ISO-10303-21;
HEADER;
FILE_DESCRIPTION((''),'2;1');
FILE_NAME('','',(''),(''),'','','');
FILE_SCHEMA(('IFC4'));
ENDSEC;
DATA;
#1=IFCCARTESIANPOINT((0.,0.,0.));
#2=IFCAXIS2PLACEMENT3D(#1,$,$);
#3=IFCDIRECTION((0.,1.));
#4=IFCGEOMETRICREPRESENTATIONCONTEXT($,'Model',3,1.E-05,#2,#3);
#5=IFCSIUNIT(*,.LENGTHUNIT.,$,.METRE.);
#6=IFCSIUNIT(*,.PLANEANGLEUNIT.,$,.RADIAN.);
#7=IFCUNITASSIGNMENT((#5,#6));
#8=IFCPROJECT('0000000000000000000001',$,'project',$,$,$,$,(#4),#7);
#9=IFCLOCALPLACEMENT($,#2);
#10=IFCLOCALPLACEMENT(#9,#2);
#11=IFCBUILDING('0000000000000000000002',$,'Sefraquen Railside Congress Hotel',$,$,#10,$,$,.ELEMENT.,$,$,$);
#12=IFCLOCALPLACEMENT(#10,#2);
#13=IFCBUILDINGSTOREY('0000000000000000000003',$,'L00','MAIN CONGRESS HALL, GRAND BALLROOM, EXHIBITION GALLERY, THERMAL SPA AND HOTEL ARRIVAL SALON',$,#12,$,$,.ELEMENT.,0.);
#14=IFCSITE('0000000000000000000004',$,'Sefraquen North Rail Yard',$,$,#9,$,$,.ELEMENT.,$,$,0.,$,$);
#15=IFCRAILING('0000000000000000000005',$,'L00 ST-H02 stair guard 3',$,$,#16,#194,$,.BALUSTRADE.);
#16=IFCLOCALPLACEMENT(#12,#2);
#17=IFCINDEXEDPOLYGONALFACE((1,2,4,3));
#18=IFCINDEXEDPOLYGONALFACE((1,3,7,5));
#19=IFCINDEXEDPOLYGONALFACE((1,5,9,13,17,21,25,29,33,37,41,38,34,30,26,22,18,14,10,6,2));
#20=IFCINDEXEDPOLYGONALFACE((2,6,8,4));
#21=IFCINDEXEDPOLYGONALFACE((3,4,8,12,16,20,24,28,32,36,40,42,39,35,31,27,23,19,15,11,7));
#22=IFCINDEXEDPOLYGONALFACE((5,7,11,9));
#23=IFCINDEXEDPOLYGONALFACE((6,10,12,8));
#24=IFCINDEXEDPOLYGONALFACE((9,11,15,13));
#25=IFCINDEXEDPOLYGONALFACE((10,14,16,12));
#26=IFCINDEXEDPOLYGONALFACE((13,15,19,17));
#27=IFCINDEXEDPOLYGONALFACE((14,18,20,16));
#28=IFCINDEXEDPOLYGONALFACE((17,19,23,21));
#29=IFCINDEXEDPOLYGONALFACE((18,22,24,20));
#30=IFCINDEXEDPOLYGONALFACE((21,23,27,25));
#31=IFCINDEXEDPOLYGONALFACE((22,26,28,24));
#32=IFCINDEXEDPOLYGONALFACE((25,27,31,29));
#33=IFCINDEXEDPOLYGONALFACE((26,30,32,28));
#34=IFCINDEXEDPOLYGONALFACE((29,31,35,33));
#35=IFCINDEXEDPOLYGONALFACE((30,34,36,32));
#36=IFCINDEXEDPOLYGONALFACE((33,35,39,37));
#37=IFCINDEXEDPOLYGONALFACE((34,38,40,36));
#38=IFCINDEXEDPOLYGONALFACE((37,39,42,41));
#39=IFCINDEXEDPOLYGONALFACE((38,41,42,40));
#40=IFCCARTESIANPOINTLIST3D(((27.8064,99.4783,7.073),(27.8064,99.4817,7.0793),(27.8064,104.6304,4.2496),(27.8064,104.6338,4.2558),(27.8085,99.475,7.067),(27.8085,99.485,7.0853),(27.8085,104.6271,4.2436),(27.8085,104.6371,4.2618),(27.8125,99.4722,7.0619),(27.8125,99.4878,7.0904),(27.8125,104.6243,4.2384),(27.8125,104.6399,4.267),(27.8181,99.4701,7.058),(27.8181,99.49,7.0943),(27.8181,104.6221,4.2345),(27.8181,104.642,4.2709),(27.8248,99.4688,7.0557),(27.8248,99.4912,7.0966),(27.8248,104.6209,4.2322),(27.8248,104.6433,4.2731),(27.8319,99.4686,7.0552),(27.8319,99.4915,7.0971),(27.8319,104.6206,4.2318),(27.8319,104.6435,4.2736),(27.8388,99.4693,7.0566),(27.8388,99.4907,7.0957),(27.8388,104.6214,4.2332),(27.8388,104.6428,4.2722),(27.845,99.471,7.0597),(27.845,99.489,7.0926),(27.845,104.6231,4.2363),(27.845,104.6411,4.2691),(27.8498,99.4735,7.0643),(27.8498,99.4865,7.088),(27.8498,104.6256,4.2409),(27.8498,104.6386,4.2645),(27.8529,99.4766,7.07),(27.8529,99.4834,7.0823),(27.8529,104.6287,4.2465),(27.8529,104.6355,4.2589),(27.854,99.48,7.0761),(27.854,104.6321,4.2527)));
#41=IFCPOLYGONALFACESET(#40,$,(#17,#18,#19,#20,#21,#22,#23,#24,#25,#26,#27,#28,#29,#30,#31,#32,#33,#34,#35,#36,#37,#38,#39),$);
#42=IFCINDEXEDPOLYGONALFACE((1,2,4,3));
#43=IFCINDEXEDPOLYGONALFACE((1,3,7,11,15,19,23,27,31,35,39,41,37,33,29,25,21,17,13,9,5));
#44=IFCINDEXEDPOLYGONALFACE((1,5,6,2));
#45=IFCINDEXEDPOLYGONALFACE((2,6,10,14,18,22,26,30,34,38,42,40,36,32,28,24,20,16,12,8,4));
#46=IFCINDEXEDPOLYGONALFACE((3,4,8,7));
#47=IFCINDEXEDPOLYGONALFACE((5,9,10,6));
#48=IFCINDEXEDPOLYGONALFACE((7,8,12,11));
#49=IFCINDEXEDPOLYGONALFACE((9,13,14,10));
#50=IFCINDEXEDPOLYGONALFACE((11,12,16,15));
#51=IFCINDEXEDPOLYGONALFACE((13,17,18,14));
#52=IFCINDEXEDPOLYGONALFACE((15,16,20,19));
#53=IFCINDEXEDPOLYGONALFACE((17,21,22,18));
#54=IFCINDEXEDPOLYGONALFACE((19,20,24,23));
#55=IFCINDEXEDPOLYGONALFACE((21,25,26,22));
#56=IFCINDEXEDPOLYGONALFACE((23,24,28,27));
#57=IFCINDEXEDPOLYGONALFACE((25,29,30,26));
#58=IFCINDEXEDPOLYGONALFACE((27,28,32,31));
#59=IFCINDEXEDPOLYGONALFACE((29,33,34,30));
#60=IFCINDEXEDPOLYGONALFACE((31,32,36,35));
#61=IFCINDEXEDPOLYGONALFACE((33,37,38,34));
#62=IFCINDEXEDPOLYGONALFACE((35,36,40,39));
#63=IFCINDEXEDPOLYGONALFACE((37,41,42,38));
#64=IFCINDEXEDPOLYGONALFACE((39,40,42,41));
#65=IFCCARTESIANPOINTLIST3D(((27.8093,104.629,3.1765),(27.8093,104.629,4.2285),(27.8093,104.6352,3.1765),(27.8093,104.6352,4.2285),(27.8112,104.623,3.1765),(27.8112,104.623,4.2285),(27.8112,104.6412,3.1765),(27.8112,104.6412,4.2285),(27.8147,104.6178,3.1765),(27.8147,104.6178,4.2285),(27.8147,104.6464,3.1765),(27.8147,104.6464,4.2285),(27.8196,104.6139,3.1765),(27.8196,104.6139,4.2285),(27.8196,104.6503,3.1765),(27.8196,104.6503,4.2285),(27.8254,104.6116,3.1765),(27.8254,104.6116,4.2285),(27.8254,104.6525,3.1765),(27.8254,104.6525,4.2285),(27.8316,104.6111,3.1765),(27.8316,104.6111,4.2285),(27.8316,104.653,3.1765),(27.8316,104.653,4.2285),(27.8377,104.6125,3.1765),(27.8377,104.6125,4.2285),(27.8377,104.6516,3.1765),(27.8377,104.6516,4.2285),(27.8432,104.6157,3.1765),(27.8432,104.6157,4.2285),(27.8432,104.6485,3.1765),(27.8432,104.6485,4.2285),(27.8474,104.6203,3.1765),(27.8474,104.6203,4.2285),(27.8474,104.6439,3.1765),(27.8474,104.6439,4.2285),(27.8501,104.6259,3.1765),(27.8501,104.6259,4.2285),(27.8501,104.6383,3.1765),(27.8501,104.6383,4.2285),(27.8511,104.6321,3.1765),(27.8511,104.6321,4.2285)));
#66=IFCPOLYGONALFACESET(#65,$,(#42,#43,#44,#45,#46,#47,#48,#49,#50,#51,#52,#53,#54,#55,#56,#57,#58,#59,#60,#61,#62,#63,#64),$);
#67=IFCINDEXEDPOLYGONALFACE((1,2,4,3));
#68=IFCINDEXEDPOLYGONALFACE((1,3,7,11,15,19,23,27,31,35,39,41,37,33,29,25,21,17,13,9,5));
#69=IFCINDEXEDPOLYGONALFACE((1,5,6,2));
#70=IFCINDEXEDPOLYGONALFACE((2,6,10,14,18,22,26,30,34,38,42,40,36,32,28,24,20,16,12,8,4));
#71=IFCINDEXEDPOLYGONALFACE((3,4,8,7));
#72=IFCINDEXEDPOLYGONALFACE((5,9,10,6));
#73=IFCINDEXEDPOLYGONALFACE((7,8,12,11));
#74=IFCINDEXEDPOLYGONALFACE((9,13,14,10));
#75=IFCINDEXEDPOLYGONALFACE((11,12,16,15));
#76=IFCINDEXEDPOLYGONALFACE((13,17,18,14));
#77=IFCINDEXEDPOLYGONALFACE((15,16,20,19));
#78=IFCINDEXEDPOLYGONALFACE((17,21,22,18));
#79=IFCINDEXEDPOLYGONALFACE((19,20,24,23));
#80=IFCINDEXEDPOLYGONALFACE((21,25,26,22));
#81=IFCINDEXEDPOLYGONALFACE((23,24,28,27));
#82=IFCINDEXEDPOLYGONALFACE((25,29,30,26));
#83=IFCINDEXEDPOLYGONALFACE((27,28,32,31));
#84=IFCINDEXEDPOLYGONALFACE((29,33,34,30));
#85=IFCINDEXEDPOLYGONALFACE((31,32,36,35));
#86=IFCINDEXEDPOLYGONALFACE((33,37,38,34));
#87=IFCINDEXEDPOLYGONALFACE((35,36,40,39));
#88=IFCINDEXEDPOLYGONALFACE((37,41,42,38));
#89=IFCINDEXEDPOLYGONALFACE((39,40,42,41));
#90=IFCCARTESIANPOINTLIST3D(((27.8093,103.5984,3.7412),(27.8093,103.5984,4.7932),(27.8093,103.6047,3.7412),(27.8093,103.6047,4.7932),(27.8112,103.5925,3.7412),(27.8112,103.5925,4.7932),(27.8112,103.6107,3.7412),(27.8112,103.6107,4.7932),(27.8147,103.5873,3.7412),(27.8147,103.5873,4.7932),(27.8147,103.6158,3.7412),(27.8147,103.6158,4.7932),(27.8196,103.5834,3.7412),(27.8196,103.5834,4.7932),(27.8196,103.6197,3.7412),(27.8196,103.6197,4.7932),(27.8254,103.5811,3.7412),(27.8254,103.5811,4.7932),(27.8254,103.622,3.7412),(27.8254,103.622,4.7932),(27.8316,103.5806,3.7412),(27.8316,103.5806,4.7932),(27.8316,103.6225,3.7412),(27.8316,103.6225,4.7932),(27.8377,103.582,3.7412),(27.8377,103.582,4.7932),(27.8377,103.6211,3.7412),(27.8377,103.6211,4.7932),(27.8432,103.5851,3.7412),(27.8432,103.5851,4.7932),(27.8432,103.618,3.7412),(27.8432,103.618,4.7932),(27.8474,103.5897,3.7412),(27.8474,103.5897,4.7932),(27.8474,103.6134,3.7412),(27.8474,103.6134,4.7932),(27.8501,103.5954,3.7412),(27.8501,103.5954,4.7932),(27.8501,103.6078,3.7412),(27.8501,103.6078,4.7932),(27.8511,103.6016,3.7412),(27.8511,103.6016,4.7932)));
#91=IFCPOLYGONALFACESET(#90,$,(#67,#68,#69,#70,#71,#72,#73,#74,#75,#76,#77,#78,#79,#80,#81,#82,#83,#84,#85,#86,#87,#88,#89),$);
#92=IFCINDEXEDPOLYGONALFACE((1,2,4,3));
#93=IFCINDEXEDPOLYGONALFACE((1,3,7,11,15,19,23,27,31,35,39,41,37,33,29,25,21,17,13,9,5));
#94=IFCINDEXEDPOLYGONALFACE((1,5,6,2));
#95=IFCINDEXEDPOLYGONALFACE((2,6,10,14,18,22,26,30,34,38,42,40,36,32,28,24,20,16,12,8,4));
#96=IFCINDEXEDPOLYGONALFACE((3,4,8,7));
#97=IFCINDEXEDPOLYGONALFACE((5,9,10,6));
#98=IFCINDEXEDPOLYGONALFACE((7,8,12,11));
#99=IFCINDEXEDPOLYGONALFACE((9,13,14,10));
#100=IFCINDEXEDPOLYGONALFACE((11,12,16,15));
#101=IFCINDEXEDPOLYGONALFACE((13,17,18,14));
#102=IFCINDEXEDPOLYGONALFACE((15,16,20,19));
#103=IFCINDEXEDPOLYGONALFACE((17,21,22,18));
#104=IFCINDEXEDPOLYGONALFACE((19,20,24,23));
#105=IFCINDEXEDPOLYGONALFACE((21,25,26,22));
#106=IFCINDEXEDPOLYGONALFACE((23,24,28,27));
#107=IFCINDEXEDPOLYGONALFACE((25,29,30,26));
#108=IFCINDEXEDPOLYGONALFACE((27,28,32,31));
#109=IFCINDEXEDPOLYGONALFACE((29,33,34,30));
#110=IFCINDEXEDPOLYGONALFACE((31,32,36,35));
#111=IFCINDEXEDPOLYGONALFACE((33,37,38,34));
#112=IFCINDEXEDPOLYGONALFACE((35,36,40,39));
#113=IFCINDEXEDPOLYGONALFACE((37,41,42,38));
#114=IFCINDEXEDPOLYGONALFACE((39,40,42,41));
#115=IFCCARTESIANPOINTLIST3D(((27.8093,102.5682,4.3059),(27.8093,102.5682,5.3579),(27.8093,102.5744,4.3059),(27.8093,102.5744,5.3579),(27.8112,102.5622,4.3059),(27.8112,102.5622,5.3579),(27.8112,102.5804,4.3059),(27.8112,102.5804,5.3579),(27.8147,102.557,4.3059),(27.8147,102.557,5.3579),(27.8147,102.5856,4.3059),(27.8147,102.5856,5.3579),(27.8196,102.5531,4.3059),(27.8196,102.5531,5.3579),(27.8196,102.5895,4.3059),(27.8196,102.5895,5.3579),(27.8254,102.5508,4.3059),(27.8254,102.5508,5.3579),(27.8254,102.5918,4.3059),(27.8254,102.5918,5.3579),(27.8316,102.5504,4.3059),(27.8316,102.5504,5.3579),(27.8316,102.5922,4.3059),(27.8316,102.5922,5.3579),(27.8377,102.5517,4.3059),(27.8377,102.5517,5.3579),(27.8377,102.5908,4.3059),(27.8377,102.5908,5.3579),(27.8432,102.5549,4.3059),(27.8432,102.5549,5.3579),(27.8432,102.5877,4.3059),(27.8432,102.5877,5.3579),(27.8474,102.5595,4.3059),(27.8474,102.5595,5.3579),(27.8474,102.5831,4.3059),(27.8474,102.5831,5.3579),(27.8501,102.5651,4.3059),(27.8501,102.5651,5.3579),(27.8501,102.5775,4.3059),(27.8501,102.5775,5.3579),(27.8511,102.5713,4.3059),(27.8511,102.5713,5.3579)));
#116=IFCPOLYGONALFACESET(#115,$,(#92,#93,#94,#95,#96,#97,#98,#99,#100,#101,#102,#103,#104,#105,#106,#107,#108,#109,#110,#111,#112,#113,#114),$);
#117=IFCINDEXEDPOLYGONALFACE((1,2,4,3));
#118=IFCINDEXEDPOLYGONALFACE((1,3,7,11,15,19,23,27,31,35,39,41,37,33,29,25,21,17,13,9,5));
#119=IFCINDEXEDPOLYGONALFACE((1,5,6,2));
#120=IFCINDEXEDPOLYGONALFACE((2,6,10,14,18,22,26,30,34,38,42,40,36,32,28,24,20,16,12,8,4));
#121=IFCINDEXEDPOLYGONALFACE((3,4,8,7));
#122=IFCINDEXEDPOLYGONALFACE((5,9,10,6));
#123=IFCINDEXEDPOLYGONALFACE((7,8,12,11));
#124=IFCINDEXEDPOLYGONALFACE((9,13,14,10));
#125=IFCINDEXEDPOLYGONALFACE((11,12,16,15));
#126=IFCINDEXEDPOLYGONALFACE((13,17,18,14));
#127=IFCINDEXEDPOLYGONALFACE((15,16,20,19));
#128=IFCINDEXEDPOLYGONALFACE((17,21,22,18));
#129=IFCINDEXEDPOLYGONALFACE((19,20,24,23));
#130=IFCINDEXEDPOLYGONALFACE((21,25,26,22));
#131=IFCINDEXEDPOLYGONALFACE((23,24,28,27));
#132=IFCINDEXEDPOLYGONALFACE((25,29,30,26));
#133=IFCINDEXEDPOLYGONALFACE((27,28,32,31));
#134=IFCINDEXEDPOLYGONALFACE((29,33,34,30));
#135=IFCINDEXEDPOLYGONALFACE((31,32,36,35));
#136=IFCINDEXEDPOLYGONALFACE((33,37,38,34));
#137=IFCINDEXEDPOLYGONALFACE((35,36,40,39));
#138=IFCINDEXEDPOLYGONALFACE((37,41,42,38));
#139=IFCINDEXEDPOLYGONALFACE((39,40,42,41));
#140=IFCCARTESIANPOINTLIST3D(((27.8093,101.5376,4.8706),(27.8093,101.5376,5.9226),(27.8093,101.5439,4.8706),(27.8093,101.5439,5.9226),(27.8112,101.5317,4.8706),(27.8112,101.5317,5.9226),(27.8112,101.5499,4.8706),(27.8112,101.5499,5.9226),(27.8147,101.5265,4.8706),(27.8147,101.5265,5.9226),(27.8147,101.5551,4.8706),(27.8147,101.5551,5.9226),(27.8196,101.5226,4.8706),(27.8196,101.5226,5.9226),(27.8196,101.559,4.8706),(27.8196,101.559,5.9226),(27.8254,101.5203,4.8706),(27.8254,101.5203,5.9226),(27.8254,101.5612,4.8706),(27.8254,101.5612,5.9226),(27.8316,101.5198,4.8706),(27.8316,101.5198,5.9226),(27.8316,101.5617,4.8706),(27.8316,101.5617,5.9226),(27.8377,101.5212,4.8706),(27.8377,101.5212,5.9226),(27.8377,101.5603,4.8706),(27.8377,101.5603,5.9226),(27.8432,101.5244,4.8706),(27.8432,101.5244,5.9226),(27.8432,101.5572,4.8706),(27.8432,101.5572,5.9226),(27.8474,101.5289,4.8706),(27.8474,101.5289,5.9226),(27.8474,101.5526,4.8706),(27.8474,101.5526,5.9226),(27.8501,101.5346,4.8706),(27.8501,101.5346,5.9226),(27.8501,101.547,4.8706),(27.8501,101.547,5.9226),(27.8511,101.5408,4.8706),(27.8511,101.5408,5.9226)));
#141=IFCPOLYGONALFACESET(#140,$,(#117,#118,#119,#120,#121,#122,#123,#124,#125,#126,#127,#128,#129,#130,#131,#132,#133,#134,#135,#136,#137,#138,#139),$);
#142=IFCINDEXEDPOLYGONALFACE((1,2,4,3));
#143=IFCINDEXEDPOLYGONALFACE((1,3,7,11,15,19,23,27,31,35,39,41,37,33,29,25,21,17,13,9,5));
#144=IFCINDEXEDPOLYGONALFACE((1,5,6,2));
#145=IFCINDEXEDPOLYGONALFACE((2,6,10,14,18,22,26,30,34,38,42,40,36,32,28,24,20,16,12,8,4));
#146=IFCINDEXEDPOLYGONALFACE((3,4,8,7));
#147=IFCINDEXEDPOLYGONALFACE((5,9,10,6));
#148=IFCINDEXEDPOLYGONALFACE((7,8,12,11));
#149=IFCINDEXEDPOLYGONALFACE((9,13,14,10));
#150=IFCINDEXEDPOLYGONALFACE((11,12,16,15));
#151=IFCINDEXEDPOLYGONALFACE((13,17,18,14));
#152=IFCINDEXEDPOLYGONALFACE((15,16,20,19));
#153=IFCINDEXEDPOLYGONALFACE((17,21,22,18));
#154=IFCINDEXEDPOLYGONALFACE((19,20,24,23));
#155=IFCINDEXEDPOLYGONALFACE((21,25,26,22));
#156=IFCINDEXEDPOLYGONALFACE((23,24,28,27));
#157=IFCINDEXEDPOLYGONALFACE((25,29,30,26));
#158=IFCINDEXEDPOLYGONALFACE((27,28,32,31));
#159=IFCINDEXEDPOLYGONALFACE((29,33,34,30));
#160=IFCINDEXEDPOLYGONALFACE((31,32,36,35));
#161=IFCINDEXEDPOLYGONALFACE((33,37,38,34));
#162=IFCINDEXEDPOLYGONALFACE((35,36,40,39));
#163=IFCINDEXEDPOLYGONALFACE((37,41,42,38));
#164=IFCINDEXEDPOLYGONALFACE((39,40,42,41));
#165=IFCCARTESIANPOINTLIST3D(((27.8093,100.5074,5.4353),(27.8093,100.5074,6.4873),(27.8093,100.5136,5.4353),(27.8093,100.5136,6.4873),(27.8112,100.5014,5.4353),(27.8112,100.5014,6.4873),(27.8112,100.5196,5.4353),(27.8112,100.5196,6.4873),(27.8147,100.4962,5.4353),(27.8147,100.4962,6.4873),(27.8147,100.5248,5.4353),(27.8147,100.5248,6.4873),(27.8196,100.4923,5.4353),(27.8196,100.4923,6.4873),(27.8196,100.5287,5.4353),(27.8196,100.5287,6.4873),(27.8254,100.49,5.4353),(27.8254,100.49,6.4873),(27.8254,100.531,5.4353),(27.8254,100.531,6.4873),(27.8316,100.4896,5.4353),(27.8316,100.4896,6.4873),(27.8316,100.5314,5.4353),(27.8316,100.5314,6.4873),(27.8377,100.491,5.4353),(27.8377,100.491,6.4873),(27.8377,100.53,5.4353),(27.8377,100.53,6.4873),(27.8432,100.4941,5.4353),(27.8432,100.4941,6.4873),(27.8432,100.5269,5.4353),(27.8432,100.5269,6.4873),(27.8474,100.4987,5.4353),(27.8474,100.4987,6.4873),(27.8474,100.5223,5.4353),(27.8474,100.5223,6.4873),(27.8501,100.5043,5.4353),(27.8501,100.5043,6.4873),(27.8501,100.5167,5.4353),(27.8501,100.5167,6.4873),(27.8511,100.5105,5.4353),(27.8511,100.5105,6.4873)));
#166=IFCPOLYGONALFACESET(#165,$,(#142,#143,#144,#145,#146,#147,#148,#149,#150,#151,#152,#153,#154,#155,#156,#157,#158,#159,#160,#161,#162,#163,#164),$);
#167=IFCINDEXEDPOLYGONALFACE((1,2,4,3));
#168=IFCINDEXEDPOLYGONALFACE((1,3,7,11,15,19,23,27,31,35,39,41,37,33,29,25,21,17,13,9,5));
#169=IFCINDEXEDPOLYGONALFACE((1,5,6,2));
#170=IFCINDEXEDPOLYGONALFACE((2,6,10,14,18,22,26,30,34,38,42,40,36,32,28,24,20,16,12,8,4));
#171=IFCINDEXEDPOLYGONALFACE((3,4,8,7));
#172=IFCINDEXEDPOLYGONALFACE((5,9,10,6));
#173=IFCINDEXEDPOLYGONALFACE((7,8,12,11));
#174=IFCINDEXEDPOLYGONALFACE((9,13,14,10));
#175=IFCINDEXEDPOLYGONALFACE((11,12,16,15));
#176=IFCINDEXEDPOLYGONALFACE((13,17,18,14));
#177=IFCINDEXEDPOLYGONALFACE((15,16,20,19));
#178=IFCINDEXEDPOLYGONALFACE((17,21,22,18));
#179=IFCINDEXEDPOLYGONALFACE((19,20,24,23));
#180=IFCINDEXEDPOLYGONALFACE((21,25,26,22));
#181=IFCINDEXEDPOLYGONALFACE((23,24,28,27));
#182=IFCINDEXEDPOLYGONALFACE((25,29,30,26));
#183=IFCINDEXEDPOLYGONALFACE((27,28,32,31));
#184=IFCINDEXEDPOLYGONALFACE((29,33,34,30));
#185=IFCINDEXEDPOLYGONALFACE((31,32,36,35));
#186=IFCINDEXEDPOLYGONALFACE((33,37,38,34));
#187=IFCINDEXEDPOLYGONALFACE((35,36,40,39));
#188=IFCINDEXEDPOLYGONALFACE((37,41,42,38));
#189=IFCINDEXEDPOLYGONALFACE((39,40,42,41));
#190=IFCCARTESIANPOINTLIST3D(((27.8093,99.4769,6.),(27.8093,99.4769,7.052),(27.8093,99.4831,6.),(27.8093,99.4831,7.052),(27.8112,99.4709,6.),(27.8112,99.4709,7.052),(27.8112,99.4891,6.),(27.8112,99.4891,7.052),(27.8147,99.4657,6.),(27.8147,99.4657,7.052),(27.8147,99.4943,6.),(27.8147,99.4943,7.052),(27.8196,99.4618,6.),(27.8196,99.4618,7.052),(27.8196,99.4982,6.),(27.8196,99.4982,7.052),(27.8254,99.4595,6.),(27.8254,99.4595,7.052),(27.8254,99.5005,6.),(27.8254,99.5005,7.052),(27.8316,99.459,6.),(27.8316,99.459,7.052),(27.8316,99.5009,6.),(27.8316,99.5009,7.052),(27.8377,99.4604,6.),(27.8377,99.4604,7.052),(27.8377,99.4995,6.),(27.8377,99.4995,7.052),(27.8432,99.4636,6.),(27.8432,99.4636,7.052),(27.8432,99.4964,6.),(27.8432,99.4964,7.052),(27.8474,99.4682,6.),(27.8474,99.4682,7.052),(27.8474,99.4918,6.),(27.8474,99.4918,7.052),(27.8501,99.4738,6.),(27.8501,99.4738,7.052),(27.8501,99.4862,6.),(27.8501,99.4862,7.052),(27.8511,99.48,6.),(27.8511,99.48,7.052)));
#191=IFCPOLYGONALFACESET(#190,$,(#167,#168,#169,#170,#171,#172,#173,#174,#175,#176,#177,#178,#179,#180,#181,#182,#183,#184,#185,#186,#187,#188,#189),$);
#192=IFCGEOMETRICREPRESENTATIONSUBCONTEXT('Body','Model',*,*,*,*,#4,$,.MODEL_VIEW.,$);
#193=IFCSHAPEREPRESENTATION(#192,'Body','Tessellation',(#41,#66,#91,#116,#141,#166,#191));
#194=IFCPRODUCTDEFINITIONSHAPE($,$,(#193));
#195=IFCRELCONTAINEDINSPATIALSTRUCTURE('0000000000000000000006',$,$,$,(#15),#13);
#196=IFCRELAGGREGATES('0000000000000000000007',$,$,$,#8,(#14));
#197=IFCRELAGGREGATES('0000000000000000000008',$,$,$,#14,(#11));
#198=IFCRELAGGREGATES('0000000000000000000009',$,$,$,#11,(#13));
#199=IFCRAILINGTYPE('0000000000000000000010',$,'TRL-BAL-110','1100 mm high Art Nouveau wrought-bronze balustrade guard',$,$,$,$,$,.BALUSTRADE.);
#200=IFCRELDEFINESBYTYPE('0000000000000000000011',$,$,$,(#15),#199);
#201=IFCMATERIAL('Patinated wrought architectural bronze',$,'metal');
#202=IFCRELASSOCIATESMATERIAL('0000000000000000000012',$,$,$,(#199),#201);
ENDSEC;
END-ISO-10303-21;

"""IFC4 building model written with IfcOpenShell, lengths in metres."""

from ifc_helpers import new_model, si_unit, direction, frame, origin, origin_2d, place, context, subcontext, project, spatial, circle, extrude, material, type_object, element, save


model = new_model("IFC4")

# Units and contexts
model_context = context("Model", 3, precision=1e-05, world=origin(), true_north=direction((0.0, 1.0)))
body_context = subcontext(model_context, "Body", "Model", "MODEL_VIEW")
ifc_project = project(units=[si_unit("LENGTHUNIT", "METRE"), si_unit("PLANEANGLEUNIT", "RADIAN")], contexts=[model_context])

# Site, building, storey
site_placement = place(None, origin())
site = spatial("IfcSite", under=ifc_project, at=site_placement, Name="Sefraquen North Rail Yard", CompositionType="ELEMENT", RefElevation=0.0)
building_placement = place(site_placement, origin())
building = spatial("IfcBuilding", under=site, at=building_placement, Name="Sefraquen Railside Congress Hotel", CompositionType="ELEMENT")
storey_placement = place(building_placement, origin())
storey = spatial("IfcBuildingStorey", under=building, at=storey_placement, Name="L00", Description="MAIN CONGRESS HALL, GRAND BALLROOM, EXHIBITION GALLERY, THERMAL SPA AND HOTEL ARRIVAL SALON", CompositionType="ELEMENT", Elevation=0.0)

# Railing
ifc_material_1 = material(Name="Patinated wrought architectural bronze", Category="metal")
railing_type_1 = type_object("IfcRailingType", Name="TRL-BAL-110", Description="1100 mm high Art Nouveau wrought-bronze balustrade guard", PredefinedType="BALUSTRADE", material=ifc_material_1)
railing_1_placement = place(storey_placement, frame((27.8301, 104.6321, 3.1765)))
element("IfcRailing", 1, at=railing_1_placement, inside=storey, type_object=railing_type_1, Name="L00 ST-H02 stair guard 3", PredefinedType="BALUSTRADE", context=body_context, shape_type="SweptSolid", body=[
    extrude(circle(Radius=0.0239, at=origin_2d()), frame((0.0, 0.0, 1.0762), z_axis=(0.0, -0.876946, 0.480589), x_axis=(1.0, 0.0, 0.0)), (0.0, 0.0, 1.0), 5.875),
    extrude(circle(Radius=0.021, at=origin_2d()), origin(), (0.0, 0.0, 1.0), 1.052),
    extrude(circle(Radius=0.021, at=origin_2d()), frame((0.0, -1.0305, 0.5647)), (0.0, 0.0, 1.0), 1.052),
    extrude(circle(Radius=0.021, at=origin_2d()), frame((0.0, -2.0608, 1.1294)), (0.0, 0.0, 1.0), 1.052),
    extrude(circle(Radius=0.021, at=origin_2d()), frame((0.0, -3.0913, 1.6941)), (0.0, 0.0, 1.0), 1.052),
    extrude(circle(Radius=0.021, at=origin_2d()), frame((0.0, -4.1216, 2.2588)), (0.0, 0.0, 1.0), 1.052),
    extrude(circle(Radius=0.021, at=origin_2d()), frame((0.0, -5.1521, 2.8235)), (0.0, 0.0, 1.0), 1.052),
])

save(model, "model.ifc")
